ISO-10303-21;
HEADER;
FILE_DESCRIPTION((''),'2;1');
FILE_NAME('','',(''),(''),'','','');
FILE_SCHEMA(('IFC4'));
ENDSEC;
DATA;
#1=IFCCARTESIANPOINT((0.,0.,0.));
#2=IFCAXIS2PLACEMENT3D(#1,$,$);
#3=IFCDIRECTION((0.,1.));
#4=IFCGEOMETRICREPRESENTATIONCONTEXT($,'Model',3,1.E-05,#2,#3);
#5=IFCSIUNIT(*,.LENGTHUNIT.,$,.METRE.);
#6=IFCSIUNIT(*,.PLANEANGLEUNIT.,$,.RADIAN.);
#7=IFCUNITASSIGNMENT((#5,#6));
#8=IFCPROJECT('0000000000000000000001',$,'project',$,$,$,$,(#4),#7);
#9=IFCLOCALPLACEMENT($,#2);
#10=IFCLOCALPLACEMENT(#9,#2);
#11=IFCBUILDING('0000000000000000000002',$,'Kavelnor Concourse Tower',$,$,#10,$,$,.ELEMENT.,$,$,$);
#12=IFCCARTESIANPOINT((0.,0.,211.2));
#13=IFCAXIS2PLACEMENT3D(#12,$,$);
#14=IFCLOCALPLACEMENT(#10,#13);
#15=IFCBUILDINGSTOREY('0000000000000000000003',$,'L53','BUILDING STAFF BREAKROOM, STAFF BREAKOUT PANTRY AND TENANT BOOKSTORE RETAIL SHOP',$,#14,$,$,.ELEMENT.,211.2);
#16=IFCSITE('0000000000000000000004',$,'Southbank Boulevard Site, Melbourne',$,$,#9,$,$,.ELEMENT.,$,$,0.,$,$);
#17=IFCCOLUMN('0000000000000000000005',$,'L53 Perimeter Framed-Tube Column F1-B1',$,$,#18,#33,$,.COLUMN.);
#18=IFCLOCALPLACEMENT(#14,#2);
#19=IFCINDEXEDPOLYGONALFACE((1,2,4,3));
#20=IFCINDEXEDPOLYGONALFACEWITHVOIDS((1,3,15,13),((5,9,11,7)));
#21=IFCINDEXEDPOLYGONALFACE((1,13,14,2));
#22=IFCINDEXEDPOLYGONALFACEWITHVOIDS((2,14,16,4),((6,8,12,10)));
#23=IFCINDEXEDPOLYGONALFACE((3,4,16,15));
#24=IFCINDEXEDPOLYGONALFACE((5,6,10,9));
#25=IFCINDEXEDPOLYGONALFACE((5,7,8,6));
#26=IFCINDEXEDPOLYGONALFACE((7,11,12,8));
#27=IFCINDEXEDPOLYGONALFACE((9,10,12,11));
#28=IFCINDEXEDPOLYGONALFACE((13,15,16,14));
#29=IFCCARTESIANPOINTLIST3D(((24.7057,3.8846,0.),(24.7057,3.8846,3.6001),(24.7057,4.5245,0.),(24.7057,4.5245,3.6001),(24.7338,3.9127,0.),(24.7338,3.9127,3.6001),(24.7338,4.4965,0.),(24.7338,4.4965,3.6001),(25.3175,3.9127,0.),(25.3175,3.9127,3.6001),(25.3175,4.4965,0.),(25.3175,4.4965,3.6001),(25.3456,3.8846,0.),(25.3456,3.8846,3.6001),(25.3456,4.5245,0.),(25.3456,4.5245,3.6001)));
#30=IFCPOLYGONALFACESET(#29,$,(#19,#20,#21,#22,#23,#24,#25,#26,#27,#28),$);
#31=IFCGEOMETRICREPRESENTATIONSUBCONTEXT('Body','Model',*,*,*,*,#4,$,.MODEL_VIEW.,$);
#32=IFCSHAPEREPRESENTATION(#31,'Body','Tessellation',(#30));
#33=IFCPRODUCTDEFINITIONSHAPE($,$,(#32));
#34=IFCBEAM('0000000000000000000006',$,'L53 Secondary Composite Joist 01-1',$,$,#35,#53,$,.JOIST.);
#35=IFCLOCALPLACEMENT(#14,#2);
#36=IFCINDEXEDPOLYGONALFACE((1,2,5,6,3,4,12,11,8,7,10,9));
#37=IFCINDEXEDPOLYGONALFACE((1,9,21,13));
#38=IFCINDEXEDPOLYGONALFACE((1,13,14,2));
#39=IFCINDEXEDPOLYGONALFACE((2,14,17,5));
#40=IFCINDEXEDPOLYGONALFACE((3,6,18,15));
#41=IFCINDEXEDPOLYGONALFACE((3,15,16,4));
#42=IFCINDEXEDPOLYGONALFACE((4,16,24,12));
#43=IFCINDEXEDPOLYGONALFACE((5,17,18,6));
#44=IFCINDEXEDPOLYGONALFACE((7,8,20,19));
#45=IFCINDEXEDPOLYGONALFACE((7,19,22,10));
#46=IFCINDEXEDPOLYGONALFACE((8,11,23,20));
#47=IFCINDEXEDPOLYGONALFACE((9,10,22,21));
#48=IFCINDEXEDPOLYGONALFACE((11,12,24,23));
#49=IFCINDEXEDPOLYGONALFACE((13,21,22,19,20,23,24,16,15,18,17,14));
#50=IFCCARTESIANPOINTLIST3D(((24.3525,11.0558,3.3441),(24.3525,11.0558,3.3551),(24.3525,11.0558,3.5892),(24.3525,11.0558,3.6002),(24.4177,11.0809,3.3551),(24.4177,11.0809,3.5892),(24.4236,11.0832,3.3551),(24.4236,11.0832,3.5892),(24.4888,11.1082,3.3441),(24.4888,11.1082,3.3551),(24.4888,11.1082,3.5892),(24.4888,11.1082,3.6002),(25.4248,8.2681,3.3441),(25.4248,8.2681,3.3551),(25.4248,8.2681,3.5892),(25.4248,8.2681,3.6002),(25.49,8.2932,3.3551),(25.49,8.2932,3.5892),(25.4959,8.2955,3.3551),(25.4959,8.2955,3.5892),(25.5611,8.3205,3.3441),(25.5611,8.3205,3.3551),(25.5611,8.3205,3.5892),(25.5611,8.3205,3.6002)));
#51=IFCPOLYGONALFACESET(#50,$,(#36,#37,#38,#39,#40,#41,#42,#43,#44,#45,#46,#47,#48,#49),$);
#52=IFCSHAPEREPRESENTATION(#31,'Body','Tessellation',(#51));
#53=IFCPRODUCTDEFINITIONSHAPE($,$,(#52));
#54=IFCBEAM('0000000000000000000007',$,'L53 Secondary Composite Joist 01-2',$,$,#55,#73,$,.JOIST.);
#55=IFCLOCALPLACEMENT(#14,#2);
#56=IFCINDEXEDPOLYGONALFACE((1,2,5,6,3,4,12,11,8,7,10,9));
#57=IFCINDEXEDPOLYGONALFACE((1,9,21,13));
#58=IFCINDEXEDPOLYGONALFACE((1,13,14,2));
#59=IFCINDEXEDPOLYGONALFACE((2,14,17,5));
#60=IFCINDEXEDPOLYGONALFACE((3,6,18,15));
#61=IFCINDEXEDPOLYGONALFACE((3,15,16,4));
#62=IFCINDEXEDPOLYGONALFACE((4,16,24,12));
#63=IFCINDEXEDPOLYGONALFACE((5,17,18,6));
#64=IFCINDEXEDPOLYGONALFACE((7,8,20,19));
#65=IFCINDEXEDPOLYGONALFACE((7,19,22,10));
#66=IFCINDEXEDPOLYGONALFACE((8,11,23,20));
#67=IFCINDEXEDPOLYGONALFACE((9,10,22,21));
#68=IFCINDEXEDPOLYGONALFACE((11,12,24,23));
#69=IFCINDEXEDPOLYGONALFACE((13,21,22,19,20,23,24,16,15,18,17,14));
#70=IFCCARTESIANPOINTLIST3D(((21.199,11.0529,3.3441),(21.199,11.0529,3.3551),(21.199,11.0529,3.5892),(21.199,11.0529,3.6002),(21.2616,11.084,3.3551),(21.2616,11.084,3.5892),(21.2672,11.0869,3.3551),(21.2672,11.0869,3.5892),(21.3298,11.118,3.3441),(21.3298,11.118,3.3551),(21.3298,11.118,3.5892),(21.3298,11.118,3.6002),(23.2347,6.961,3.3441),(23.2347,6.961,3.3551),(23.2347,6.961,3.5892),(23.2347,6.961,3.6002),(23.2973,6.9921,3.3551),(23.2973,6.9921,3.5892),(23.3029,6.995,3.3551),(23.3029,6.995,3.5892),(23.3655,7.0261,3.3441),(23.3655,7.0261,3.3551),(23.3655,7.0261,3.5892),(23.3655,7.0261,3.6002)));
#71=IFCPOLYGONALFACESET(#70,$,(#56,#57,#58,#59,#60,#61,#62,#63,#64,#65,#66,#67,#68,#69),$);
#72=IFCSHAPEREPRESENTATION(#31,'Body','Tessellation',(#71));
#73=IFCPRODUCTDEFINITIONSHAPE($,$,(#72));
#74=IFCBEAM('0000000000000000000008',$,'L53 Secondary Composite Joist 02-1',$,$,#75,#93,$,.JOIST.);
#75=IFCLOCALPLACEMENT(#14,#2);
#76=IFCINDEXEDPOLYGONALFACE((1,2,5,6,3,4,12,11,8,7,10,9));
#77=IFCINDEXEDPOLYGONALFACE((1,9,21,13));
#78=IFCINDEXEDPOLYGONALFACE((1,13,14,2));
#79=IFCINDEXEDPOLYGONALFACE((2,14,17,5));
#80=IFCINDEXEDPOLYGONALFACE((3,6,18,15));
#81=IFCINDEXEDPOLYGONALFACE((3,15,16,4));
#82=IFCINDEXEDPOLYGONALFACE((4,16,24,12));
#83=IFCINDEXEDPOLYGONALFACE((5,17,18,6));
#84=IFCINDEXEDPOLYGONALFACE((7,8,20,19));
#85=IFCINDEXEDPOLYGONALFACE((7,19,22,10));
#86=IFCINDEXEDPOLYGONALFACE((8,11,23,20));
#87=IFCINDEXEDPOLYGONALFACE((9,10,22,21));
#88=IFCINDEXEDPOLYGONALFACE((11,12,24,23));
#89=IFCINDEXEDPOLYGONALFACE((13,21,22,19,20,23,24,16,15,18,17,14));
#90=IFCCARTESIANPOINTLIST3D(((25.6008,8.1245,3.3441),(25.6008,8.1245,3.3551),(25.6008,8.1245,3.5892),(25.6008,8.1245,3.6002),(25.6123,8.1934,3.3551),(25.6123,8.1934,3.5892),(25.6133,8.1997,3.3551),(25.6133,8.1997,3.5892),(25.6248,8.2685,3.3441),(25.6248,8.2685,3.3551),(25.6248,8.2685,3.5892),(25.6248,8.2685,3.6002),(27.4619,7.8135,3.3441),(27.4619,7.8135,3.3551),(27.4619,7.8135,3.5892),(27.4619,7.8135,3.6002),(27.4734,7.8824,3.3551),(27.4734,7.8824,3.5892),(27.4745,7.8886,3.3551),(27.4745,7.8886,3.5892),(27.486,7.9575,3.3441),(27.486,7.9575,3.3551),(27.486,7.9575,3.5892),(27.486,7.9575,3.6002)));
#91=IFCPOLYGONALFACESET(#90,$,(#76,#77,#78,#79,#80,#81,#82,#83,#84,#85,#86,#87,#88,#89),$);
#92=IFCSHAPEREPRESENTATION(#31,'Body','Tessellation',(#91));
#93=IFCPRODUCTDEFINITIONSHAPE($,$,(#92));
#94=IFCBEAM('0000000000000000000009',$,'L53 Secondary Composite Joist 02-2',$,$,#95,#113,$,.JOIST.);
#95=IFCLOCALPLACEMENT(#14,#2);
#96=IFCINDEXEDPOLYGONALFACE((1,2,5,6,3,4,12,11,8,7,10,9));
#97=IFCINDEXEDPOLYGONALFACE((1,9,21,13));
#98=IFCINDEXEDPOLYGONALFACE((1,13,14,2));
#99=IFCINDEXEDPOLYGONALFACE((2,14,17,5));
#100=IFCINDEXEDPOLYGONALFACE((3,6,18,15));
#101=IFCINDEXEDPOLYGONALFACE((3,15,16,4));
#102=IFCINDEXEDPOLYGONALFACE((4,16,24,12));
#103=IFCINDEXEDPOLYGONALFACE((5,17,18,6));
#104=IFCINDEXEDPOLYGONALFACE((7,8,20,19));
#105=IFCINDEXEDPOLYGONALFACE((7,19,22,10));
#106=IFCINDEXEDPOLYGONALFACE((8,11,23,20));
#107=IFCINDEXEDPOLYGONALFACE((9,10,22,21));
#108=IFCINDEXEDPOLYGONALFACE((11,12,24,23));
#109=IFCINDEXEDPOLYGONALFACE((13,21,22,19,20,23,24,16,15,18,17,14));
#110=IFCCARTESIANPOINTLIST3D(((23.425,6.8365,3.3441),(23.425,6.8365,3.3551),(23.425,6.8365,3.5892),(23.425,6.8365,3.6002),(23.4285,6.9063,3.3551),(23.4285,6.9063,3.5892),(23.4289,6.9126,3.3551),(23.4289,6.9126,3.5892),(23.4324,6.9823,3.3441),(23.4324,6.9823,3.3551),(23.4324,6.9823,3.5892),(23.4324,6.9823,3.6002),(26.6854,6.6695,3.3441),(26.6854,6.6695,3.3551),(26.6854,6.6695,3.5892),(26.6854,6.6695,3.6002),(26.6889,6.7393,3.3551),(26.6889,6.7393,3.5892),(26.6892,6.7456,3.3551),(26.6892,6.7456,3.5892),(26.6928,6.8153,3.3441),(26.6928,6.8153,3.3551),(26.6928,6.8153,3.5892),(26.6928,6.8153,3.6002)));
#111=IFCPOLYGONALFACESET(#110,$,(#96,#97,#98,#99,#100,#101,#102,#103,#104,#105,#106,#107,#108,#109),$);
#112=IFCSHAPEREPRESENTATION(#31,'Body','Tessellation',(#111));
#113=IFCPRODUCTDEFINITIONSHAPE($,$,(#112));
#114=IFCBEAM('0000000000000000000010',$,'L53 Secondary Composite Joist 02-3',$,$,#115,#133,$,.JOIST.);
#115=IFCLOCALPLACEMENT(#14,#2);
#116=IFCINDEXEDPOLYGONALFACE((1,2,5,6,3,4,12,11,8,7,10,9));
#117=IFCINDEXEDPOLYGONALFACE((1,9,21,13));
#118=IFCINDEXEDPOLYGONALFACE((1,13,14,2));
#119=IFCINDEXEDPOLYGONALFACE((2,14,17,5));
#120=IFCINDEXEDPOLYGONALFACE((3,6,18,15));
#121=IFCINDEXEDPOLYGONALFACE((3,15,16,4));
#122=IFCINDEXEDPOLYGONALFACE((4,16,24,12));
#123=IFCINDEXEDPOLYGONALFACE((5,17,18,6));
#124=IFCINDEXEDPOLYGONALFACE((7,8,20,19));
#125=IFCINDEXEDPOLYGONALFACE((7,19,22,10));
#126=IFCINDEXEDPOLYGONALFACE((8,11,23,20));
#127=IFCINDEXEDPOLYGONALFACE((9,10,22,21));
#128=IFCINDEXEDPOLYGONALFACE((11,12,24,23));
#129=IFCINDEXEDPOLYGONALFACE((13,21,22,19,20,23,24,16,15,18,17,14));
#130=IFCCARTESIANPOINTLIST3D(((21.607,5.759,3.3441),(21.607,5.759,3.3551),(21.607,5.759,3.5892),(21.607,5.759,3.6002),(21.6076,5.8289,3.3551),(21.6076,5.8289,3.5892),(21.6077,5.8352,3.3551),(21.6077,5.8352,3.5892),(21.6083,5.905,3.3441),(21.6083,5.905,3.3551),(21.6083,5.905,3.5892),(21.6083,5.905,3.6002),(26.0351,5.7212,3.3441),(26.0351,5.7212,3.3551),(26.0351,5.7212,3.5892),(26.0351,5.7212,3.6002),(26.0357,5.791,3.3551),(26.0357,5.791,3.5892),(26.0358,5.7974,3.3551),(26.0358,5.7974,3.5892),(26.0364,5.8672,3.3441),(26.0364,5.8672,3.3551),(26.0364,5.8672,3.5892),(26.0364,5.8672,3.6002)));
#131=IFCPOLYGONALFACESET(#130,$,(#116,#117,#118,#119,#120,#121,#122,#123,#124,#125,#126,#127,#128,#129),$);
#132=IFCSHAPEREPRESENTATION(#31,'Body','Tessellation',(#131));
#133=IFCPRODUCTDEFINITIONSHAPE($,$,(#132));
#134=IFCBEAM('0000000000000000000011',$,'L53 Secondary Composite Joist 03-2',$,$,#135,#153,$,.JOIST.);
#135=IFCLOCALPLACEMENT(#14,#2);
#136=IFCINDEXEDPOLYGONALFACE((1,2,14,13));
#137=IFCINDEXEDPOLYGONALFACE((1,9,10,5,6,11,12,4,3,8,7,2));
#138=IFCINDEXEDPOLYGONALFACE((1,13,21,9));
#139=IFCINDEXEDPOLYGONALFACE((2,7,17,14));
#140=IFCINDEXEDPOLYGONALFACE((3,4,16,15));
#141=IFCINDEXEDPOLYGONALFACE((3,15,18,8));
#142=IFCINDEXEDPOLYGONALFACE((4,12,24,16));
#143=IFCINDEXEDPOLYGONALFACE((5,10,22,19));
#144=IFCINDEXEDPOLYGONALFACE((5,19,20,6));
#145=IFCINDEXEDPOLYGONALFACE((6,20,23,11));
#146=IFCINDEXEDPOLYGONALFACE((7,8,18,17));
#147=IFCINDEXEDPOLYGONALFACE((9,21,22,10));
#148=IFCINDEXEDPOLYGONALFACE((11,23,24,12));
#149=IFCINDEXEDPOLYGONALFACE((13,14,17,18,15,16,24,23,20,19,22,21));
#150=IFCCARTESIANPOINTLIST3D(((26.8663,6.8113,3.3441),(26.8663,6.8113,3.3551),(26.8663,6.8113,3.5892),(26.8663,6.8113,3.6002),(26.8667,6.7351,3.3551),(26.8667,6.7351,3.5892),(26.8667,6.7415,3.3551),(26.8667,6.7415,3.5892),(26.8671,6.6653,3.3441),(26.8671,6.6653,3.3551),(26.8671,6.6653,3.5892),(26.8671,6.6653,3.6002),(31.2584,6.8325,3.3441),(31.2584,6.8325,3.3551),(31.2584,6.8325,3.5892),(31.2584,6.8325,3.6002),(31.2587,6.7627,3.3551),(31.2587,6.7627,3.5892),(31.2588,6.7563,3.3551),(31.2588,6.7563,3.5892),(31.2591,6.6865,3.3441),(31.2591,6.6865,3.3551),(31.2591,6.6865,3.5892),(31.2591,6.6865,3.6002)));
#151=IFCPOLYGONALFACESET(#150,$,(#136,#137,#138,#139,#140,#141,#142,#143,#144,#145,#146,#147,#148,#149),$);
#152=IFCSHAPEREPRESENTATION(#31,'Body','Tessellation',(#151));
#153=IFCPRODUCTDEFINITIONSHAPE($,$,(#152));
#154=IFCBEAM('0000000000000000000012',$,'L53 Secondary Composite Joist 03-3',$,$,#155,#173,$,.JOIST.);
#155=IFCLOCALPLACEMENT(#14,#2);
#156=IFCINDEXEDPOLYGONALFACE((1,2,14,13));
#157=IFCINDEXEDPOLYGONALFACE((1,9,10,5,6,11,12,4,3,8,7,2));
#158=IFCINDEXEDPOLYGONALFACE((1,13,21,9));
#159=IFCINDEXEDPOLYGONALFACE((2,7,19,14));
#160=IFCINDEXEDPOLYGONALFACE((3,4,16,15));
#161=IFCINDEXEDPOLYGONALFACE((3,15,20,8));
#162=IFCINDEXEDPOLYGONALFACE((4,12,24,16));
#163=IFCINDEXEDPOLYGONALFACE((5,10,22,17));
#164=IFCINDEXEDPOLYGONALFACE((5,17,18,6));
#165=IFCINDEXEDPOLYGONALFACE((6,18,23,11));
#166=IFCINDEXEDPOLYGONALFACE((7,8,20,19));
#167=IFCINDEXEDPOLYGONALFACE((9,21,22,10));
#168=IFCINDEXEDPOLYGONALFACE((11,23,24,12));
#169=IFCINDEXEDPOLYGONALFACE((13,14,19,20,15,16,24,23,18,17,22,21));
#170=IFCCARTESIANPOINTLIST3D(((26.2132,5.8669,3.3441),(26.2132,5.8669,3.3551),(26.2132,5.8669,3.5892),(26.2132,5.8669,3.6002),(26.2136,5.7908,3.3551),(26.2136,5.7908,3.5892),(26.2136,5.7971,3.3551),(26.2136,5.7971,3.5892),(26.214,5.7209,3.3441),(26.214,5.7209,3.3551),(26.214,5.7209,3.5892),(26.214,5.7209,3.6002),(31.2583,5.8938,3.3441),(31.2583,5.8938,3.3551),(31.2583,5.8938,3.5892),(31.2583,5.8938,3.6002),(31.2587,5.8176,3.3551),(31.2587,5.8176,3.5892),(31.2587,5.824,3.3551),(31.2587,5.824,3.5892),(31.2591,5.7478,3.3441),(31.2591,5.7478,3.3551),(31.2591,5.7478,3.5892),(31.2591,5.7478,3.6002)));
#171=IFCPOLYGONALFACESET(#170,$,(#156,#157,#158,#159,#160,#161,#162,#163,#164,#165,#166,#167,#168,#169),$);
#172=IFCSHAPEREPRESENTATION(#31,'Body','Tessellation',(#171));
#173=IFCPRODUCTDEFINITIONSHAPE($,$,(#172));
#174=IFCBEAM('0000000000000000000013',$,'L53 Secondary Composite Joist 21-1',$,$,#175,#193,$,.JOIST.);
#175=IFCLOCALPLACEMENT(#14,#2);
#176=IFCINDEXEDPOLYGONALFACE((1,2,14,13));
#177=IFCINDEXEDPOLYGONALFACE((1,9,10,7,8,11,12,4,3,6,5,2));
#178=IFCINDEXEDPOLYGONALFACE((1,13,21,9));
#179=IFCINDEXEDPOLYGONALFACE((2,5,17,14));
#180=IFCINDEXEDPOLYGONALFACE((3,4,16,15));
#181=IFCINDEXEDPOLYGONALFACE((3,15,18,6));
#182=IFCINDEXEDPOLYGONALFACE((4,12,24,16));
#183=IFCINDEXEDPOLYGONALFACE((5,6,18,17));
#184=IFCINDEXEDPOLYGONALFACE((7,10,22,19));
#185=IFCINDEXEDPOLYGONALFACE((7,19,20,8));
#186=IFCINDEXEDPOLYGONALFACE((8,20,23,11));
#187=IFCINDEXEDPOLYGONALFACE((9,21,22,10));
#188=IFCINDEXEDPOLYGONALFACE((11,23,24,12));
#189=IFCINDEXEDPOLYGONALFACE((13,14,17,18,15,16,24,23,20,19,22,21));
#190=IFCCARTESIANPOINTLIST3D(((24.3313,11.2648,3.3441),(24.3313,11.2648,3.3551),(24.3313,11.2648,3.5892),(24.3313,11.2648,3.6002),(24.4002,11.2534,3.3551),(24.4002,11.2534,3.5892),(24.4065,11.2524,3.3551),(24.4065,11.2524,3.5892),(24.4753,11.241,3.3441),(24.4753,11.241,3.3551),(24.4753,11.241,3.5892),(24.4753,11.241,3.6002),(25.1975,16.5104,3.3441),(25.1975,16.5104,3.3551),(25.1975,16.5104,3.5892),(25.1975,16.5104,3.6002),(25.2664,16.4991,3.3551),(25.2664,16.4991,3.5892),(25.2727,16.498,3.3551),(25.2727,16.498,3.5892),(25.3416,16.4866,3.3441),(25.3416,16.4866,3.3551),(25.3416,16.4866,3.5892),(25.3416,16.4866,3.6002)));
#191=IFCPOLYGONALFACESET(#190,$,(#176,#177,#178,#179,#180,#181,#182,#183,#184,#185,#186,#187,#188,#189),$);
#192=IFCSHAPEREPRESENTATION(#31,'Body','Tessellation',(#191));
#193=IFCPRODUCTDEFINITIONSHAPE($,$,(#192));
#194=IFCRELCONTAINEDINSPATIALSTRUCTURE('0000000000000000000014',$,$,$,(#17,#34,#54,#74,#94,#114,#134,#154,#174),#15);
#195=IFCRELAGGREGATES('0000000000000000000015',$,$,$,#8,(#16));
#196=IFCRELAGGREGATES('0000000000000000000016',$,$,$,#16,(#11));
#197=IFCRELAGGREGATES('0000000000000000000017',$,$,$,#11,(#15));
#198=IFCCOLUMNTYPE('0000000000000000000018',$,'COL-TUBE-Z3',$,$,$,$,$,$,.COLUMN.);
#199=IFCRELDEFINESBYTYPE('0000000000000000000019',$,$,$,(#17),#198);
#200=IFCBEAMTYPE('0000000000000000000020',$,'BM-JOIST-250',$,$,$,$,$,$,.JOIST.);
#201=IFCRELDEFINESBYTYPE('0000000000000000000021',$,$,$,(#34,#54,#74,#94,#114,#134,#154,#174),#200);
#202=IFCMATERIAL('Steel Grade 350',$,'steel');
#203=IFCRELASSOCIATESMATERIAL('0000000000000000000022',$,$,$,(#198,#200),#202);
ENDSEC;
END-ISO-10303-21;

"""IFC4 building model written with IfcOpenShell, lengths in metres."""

from ifc_helpers import new_model, si_unit, direction, frame, origin, origin_2d, place, context, subcontext, project, spatial, hollow_rectangle, i_section, extrude, material, material_profile, profile_set, type_object, element, save


model = new_model("IFC4")

# Units and contexts
model_context = context("Model", 3, precision=1e-05, world=origin(), true_north=direction((0.0, 1.0)))
body_context = subcontext(model_context, "Body", "Model", "MODEL_VIEW")
ifc_project = project(units=[si_unit("LENGTHUNIT", "METRE"), si_unit("PLANEANGLEUNIT", "RADIAN")], contexts=[model_context])

# Site, building, storey
site_placement = place(None, origin())
site = spatial("IfcSite", under=ifc_project, at=site_placement, Name="Southbank Boulevard Site, Melbourne", CompositionType="ELEMENT", RefElevation=0.0)
building_placement = place(site_placement, origin())
building = spatial("IfcBuilding", under=site, at=building_placement, Name="Kavelnor Concourse Tower", CompositionType="ELEMENT")
storey_placement = place(building_placement, frame((0.0, 0.0, 211.2)))
storey = spatial("IfcBuildingStorey", under=building, at=storey_placement, Name="L53", Description="BUILDING STAFF BREAKROOM, STAFF BREAKOUT PANTRY AND TENANT BOOKSTORE RETAIL SHOP", CompositionType="ELEMENT", Elevation=211.2)

# Column
ifc_material_1 = material(Name="Steel Grade 350", Category="steel")
ifc_material_profile_1 = material_profile(ifc_material_1, hollow_rectangle(XDim=0.6399, YDim=0.6399, WallThickness=0.0281, at=origin_2d()), Name="SHS 640x640x28")
ifc_profile_set_1 = profile_set([ifc_material_profile_1], Name="Steel Grade 350")
column_type = type_object("IfcColumnType", Name="COL-TUBE-Z3", PredefinedType="COLUMN", material=ifc_profile_set_1)
column_placement = place(storey_placement, frame((25.0256, 4.2046, 0.0), z_axis=(0.0, 0.0, 1.0), x_axis=(1.0, 0.0, 0.0)))
element("IfcColumn", 1, at=column_placement, inside=storey, type_object=column_type, Name="L53 Perimeter Framed-Tube Column F1-B1", PredefinedType="COLUMN", context=body_context, shape_type="SweptSolid", body=[
    extrude(hollow_rectangle(XDim=0.6399, YDim=0.6399, WallThickness=0.0281, at=origin_2d()), origin(), (0.0, 0.0, 1.0), 3.6001),
])

# Beams
ifc_material_profile_2 = material_profile(ifc_material_1, i_section(OverallWidth=0.146, OverallDepth=0.2561, WebThickness=0.0063, FlangeThickness=0.011, at=origin_2d()), Name="250UB37")
ifc_profile_set_2 = profile_set([ifc_material_profile_2], Name="Steel Grade 350")
beam_type_1 = type_object("IfcBeamType", Name="BM-JOIST-250", PredefinedType="JOIST", material=ifc_profile_set_2)
beam_1_placement = place(storey_placement, frame((24.4207, 11.082, 3.4722), z_axis=(0.359012, -0.933333, 0.0), x_axis=(0.933333, 0.359012, 0.0)))
element("IfcBeam", 2, at=beam_1_placement, inside=storey, type_object=beam_type_1, Name="L53 Secondary Composite Joist 01-1", PredefinedType="JOIST", context=body_context, shape_type="SweptSolid", body=[
    extrude(i_section(OverallWidth=0.146, OverallDepth=0.2561, WebThickness=0.0063, FlangeThickness=0.011, at=origin_2d()), origin(), (0.0, 0.0, 1.0), 2.9868),
])
beam_2_placement = place(storey_placement, frame((21.2644, 11.0854, 3.4722), z_axis=(0.445418, -0.895323, 0.0), x_axis=(0.895323, 0.445418, 0.0)))
element("IfcBeam", 3, at=beam_2_placement, inside=storey, type_object=beam_type_1, Name="L53 Secondary Composite Joist 01-2", PredefinedType="JOIST", context=body_context, shape_type="SweptSolid", body=[
    extrude(i_section(OverallWidth=0.146, OverallDepth=0.2561, WebThickness=0.0063, FlangeThickness=0.011, at=origin_2d()), origin(), (0.0, 0.0, 1.0), 4.5703),
])
beam_3_placement = place(storey_placement, frame((25.6128, 8.1965, 3.4722), z_axis=(0.98632, -0.16484, 0.0), x_axis=(0.16484, 0.98632, 0.0)))
element("IfcBeam", 4, at=beam_3_placement, inside=storey, type_object=beam_type_1, Name="L53 Secondary Composite Joist 02-1", PredefinedType="JOIST", context=body_context, shape_type="SweptSolid", body=[
    extrude(i_section(OverallWidth=0.146, OverallDepth=0.2561, WebThickness=0.0063, FlangeThickness=0.011, at=origin_2d()), origin(), (0.0, 0.0, 1.0), 1.887),
])
beam_4_placement = place(storey_placement, frame((23.4287, 6.9094, 3.4722), z_axis=(0.998691, -0.051154, 0.0), x_axis=(0.051154, 0.998691, 0.0)))
element("IfcBeam", 5, at=beam_4_placement, inside=storey, type_object=beam_type_1, Name="L53 Secondary Composite Joist 02-2", PredefinedType="JOIST", context=body_context, shape_type="SweptSolid", body=[
    extrude(i_section(OverallWidth=0.146, OverallDepth=0.2561, WebThickness=0.0063, FlangeThickness=0.011, at=origin_2d()), origin(), (0.0, 0.0, 1.0), 3.2646),
])
beam_5_placement = place(storey_placement, frame((21.6077, 5.832, 3.4722), z_axis=(0.999963, -0.008546, 0.0), x_axis=(0.008546, 0.999963, 0.0)))
element("IfcBeam", 6, at=beam_5_placement, inside=storey, type_object=beam_type_1, Name="L53 Secondary Composite Joist 02-3", PredefinedType="JOIST", context=body_context, shape_type="SweptSolid", body=[
    extrude(i_section(OverallWidth=0.146, OverallDepth=0.2561, WebThickness=0.0063, FlangeThickness=0.011, at=origin_2d()), origin(), (0.0, 0.0, 1.0), 4.4282),
])
beam_6_placement = place(storey_placement, frame((26.8667, 6.7383, 3.4722), z_axis=(0.999988, 0.004836, 0.0), x_axis=(-0.004836, 0.999988, 0.0)))
element("IfcBeam", 7, at=beam_6_placement, inside=storey, type_object=beam_type_1, Name="L53 Secondary Composite Joist 03-2", PredefinedType="JOIST", context=body_context, shape_type="SweptSolid", body=[
    extrude(i_section(OverallWidth=0.146, OverallDepth=0.2561, WebThickness=0.0063, FlangeThickness=0.011, at=origin_2d()), origin(), (0.0, 0.0, 1.0), 4.3921),
])
beam_7_placement = place(storey_placement, frame((26.2136, 5.7939, 3.4722), z_axis=(0.999986, 0.005323, 0.0), x_axis=(-0.005323, 0.999986, 0.0)))
element("IfcBeam", 8, at=beam_7_placement, inside=storey, type_object=beam_type_1, Name="L53 Secondary Composite Joist 03-3", PredefinedType="JOIST", context=body_context, shape_type="SweptSolid", body=[
    extrude(i_section(OverallWidth=0.146, OverallDepth=0.2561, WebThickness=0.0063, FlangeThickness=0.011, at=origin_2d()), origin(), (0.0, 0.0, 1.0), 5.0452),
])
beam_8_placement = place(storey_placement, frame((25.2695, 16.4985, 3.4722), z_axis=(-0.162924, -0.986639, 0.0), x_axis=(0.986639, -0.162924, 0.0)))
element("IfcBeam", 9, at=beam_8_placement, inside=storey, type_object=beam_type_1, Name="L53 Secondary Composite Joist 21-1", PredefinedType="JOIST", context=body_context, shape_type="SweptSolid", body=[
    extrude(i_section(OverallWidth=0.146, OverallDepth=0.2561, WebThickness=0.0063, FlangeThickness=0.011, at=origin_2d()), origin(), (0.0, 0.0, 1.0), 5.3167),
])

save(model, "model.ifc")
